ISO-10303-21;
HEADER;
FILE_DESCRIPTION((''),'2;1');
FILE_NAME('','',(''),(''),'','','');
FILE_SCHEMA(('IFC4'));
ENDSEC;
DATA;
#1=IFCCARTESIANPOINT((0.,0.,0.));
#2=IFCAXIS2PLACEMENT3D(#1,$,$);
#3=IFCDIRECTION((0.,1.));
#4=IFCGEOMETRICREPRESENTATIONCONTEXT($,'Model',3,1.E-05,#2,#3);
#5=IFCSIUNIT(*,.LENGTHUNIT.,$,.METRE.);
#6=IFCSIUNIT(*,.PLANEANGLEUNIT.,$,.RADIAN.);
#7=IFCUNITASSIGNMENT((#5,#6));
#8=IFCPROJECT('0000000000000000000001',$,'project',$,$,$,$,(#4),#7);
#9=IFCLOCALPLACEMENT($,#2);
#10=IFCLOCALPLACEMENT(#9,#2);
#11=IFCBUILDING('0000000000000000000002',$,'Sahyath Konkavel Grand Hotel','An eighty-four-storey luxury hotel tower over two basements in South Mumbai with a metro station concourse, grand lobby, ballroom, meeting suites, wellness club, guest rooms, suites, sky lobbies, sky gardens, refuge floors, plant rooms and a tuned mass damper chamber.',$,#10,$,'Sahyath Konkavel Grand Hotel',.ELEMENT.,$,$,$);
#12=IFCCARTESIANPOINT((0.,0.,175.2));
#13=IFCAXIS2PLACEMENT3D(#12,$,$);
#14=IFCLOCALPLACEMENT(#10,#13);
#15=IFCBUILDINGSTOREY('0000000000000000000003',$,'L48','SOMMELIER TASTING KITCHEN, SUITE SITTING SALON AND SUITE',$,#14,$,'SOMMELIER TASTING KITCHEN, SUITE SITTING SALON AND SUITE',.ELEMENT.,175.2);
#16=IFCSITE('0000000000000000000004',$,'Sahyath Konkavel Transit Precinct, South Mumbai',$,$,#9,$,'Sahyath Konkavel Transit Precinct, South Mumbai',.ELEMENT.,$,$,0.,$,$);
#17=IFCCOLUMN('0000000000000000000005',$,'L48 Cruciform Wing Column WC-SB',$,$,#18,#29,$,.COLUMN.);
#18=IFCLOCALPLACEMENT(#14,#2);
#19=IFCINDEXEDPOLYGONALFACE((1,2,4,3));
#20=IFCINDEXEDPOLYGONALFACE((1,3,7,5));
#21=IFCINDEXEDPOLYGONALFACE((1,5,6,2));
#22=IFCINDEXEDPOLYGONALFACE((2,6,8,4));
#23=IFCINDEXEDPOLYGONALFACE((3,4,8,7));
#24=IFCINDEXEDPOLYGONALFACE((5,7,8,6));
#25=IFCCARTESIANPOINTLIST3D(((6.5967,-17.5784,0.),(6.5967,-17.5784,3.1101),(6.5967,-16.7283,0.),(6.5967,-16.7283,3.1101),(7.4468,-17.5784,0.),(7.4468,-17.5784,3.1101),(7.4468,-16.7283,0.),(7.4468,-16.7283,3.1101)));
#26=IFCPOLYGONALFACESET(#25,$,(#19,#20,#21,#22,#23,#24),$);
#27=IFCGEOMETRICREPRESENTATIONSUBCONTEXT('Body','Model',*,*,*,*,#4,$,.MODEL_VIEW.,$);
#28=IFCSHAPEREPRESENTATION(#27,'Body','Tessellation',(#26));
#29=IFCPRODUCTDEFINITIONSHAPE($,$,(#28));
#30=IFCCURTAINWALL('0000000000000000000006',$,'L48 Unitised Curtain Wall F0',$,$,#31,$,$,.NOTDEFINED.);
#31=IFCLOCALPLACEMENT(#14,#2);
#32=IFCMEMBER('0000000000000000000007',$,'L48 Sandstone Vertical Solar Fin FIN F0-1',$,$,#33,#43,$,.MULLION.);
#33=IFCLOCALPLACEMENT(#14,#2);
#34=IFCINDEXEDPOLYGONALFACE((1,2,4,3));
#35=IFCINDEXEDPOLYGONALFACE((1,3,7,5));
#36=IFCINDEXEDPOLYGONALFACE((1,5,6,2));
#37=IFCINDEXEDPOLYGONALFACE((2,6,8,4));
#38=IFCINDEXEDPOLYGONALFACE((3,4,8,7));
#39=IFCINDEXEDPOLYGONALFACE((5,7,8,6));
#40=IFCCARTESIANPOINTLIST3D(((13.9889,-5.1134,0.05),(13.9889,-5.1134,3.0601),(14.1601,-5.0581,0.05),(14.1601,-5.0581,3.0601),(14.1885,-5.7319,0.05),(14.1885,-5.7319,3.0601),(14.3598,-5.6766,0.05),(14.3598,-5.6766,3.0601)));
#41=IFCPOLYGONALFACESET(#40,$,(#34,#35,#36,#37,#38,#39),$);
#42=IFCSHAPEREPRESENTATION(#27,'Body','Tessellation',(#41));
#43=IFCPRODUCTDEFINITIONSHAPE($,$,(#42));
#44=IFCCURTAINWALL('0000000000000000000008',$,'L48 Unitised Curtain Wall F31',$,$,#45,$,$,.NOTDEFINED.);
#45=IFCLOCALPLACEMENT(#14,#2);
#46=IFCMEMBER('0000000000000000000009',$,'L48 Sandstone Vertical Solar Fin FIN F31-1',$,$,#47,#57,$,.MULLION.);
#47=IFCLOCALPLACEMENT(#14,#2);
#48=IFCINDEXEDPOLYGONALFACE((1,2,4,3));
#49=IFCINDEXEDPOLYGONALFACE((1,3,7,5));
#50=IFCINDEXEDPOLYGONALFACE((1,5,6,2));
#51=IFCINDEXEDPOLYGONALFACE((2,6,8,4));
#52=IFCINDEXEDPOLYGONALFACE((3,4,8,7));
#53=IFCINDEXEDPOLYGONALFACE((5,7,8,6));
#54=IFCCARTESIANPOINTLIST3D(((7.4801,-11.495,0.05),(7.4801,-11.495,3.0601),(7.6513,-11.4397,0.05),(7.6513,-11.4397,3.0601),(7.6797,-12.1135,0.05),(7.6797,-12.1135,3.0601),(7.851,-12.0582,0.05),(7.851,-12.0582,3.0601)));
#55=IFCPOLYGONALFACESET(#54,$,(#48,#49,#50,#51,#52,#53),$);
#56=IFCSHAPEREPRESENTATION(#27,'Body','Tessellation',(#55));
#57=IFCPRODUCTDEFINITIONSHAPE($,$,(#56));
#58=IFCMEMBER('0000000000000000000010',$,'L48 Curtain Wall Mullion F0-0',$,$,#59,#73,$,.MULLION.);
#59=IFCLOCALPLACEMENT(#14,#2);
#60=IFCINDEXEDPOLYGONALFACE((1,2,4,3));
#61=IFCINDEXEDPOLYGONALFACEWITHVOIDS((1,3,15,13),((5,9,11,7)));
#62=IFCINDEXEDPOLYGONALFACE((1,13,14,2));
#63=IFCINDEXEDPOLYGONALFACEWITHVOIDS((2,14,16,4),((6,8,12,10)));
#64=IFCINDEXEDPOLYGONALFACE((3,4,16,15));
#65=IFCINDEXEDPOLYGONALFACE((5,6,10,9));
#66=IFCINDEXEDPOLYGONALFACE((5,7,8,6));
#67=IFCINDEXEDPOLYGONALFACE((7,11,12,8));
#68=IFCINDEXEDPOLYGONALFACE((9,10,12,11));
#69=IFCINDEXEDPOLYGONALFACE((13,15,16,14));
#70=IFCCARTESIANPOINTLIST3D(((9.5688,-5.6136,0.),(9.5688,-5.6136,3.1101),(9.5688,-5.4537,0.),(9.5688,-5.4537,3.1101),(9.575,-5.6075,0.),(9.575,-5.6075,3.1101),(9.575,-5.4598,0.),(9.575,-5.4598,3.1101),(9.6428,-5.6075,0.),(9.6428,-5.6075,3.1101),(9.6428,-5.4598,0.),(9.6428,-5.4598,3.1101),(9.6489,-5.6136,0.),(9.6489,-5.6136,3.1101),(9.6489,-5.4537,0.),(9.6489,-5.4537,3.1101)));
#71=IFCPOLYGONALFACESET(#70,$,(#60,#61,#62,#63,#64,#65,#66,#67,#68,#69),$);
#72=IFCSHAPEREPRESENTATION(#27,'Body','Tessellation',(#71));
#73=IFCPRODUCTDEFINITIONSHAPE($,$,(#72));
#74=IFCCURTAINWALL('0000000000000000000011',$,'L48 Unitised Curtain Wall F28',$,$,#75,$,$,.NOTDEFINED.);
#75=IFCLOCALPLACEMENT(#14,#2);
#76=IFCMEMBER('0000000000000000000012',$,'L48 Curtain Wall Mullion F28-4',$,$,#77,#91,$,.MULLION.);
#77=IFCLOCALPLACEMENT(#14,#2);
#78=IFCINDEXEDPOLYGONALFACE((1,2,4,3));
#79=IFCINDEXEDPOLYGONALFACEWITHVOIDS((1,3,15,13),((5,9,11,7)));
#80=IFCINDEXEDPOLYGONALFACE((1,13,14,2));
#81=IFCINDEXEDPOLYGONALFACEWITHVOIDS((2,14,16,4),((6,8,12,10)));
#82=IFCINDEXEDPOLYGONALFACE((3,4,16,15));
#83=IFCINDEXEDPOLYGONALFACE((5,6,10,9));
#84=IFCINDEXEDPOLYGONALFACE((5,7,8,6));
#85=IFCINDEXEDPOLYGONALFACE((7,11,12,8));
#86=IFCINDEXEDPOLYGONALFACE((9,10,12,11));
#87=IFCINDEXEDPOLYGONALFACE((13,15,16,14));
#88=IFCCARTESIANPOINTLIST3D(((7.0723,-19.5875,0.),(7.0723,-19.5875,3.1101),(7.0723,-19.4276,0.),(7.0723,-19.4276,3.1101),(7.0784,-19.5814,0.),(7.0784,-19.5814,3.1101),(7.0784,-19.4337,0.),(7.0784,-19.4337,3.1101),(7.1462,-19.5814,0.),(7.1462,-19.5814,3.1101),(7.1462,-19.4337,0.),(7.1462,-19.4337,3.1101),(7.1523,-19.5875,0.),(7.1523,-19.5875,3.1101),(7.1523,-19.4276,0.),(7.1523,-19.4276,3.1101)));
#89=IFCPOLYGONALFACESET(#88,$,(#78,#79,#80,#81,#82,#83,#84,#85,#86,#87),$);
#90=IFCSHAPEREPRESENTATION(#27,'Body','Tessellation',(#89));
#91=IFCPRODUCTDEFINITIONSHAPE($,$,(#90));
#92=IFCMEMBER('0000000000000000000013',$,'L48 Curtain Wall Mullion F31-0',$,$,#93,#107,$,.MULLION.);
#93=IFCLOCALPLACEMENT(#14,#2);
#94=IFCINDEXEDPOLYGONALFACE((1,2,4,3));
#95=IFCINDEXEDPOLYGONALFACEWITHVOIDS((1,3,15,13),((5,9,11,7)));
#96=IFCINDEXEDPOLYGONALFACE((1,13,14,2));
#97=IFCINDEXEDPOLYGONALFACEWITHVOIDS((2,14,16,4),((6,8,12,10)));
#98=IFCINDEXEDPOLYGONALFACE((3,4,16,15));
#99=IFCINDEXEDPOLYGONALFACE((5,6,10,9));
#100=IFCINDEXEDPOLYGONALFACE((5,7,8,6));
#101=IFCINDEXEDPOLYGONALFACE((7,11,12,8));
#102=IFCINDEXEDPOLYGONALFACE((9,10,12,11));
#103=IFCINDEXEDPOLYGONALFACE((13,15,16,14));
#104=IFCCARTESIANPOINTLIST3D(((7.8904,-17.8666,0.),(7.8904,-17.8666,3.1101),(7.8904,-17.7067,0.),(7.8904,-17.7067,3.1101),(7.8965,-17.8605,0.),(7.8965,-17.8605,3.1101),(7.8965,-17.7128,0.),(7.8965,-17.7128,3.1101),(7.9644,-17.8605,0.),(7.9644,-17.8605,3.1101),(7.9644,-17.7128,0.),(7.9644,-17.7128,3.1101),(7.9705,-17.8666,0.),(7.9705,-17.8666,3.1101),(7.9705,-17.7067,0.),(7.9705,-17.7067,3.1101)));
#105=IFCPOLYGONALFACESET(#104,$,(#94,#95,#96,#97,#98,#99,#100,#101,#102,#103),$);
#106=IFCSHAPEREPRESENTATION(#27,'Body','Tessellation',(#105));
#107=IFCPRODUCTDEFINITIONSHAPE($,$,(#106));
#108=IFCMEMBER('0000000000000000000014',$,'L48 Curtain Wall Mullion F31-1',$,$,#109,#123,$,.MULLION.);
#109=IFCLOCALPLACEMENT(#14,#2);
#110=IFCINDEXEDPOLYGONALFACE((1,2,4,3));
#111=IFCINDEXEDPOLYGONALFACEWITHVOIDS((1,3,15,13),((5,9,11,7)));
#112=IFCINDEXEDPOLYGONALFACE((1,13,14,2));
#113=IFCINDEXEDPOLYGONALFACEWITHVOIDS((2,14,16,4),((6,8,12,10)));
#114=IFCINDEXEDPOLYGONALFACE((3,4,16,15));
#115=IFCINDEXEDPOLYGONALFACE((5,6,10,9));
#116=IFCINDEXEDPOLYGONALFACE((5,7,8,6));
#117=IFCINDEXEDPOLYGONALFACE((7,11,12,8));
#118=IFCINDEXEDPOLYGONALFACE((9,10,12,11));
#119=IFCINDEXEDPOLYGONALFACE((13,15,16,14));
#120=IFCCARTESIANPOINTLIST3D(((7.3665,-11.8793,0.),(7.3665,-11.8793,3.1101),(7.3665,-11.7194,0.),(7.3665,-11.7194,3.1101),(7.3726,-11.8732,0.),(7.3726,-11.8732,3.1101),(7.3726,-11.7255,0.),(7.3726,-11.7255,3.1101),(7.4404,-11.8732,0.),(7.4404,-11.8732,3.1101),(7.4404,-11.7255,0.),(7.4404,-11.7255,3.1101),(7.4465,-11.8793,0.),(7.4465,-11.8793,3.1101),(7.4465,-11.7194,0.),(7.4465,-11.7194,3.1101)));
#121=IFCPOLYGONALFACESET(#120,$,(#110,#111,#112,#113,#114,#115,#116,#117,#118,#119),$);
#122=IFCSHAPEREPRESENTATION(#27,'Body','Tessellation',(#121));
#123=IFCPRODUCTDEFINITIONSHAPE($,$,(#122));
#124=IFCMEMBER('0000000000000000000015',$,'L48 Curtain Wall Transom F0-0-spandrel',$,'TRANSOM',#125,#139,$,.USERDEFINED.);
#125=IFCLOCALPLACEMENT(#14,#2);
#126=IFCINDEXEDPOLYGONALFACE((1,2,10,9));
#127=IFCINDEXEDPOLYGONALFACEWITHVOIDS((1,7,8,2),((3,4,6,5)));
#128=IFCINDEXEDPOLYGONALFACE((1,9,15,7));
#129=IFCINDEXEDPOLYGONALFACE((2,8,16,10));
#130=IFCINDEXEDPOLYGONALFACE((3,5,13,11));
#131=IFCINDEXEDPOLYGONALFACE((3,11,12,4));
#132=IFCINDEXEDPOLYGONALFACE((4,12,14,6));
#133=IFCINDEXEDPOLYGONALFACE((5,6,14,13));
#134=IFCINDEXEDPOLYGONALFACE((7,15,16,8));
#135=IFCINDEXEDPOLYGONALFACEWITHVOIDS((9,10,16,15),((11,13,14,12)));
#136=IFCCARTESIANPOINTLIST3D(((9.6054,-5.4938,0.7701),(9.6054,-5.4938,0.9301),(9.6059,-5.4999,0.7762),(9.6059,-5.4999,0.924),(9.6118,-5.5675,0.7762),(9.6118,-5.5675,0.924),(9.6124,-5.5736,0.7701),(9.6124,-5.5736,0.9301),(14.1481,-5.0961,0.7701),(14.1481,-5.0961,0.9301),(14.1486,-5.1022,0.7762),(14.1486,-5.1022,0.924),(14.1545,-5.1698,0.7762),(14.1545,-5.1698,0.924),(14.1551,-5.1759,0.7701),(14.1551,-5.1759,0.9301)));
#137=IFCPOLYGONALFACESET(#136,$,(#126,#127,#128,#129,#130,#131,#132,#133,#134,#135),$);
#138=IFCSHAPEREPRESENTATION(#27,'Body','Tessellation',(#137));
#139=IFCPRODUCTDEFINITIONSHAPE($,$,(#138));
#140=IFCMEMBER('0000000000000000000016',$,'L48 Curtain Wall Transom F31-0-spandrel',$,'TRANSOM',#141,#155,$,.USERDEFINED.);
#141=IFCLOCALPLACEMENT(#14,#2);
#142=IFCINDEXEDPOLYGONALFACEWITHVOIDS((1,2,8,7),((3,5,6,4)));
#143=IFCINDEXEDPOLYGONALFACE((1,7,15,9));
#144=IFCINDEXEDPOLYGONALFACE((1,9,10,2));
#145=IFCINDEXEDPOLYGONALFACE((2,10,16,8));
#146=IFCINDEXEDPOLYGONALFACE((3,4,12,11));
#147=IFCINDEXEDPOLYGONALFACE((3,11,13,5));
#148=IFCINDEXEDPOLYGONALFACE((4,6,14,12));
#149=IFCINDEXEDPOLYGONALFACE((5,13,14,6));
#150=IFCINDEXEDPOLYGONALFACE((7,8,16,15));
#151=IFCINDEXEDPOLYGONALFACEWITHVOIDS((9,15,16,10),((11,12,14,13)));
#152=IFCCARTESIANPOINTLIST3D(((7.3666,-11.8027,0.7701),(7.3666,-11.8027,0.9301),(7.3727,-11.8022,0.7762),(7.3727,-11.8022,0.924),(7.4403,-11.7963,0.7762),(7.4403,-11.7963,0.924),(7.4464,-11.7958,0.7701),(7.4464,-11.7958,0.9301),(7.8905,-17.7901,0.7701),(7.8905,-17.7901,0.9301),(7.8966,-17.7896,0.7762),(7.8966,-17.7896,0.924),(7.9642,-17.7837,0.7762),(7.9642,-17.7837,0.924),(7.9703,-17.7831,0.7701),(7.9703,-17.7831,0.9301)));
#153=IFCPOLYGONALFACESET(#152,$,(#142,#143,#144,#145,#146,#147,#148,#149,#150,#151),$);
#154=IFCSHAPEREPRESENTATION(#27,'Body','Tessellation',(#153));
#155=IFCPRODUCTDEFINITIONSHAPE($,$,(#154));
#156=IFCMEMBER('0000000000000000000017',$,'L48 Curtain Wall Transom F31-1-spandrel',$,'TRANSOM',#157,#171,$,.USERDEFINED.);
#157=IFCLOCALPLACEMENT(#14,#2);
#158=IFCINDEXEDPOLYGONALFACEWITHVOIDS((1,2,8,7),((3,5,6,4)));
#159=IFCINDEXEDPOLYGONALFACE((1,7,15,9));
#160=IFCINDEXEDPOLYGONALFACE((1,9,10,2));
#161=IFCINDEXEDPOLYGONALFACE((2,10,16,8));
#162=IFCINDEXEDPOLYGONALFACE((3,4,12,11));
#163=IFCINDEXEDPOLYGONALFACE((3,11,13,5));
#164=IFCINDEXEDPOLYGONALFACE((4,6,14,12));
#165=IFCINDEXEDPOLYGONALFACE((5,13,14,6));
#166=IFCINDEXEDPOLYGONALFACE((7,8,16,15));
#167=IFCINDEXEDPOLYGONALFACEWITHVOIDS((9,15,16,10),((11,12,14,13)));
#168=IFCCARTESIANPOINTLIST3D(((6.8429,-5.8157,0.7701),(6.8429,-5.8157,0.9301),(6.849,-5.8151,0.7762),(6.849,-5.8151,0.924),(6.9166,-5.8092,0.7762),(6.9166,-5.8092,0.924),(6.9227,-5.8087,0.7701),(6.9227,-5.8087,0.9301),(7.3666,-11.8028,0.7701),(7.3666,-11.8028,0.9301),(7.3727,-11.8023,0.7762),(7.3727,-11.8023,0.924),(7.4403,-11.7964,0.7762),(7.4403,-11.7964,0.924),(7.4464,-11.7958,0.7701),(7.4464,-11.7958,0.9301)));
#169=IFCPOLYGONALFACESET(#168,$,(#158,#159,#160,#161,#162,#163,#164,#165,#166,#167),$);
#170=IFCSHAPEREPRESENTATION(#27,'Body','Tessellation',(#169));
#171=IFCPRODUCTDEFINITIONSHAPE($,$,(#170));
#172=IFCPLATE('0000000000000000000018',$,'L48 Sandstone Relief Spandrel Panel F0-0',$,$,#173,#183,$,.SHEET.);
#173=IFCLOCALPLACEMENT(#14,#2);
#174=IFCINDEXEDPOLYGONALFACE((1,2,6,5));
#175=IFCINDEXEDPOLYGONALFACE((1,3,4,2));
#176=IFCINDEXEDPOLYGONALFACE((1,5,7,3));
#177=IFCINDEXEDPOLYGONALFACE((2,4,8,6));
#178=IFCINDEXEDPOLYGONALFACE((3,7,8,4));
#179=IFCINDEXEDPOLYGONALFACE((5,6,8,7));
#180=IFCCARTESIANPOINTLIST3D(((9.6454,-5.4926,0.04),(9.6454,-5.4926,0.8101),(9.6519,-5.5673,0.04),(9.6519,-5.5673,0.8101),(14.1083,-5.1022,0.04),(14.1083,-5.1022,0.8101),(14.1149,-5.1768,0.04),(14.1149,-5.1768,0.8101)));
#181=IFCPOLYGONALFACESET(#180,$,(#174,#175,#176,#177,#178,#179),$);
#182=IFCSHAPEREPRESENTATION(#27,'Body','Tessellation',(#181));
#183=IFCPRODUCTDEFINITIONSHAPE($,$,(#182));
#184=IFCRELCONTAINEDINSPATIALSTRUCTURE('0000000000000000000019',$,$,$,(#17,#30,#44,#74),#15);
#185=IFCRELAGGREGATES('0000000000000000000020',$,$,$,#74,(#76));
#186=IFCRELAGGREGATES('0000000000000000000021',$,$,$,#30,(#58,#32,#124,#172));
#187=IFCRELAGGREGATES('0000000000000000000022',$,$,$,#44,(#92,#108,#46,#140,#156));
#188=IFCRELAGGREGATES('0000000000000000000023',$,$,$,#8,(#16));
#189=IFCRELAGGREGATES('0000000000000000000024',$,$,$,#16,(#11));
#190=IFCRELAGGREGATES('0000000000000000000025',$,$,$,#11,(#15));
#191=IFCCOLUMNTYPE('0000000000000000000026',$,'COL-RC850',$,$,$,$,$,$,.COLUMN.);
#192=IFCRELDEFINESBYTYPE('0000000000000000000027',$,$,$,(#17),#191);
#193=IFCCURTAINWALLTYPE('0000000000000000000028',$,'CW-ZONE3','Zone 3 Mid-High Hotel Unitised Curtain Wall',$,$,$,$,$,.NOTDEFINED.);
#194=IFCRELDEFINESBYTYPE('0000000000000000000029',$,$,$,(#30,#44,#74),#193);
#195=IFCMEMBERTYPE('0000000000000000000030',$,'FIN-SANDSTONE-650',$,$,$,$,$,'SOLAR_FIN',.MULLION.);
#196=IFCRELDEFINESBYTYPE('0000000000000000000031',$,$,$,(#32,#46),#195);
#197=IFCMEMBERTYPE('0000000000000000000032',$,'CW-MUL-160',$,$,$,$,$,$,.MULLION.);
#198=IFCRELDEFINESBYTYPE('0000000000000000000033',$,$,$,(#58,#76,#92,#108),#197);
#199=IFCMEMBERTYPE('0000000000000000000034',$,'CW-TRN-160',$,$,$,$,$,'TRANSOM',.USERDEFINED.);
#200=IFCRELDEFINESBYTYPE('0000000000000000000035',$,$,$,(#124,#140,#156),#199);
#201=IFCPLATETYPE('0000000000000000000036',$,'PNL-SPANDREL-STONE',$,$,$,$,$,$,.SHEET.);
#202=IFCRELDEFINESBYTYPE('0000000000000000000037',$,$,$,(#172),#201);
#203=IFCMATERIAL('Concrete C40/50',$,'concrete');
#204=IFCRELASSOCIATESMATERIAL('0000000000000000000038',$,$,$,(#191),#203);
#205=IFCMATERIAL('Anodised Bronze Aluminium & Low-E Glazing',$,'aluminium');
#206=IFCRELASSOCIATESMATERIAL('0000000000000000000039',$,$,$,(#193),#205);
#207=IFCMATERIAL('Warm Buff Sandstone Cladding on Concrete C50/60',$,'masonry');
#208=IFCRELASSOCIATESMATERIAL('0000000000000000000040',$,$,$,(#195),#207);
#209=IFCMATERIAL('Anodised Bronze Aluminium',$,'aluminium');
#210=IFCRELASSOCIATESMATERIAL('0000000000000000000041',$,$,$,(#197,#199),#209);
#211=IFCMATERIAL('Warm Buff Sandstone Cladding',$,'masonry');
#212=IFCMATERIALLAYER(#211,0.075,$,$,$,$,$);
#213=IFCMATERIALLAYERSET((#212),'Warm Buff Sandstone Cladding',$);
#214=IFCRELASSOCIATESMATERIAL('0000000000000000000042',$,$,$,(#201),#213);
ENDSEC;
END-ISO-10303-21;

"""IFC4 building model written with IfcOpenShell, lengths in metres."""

from ifc_helpers import new_model, si_unit, direction, frame, origin, origin_2d, place, context, subcontext, project, spatial, rectangle, hollow_rectangle, extrude, source, transform, mapped, material, layer, layer_set, material_profile, profile_set, type_object, element, aggregate, save


model = new_model("IFC4")

# Units and contexts
model_context = context("Model", 3, precision=1e-05, world=origin(), true_north=direction((0.0, 1.0)))
body_context = subcontext(model_context, "Body", "Model", "MODEL_VIEW")
ifc_project = project(units=[si_unit("LENGTHUNIT", "METRE"), si_unit("PLANEANGLEUNIT", "RADIAN")], contexts=[model_context])

# Site, building, storey
site_placement = place(None, origin())
site = spatial("IfcSite", under=ifc_project, at=site_placement, Name="Sahyath Konkavel Transit Precinct, South Mumbai", LongName="Sahyath Konkavel Transit Precinct, South Mumbai", CompositionType="ELEMENT", RefElevation=0.0)
building_placement = place(site_placement, origin())
building = spatial("IfcBuilding", under=site, at=building_placement, Name="Sahyath Konkavel Grand Hotel", Description="An eighty-four-storey luxury hotel tower over two basements in South Mumbai with a metro station concourse, grand lobby, ballroom, meeting suites, wellness club, guest rooms, suites, sky lobbies, sky gardens, refuge floors, plant rooms and a tuned mass damper chamber.", LongName="Sahyath Konkavel Grand Hotel", CompositionType="ELEMENT")
storey_placement = place(building_placement, frame((0.0, 0.0, 175.2)))
storey = spatial("IfcBuildingStorey", under=building, at=storey_placement, Name="L48", Description="SOMMELIER TASTING KITCHEN, SUITE SITTING SALON AND SUITE", LongName="SOMMELIER TASTING KITCHEN, SUITE SITTING SALON AND SUITE", CompositionType="ELEMENT", Elevation=175.2)

# Column
ifc_material_1 = material(Name="Concrete C40/50", Category="concrete")
ifc_material_profile_1 = material_profile(ifc_material_1, rectangle(XDim=0.8501, YDim=0.8501, at=origin_2d()), Name="RC 850x850")
ifc_profile_set_1 = profile_set([ifc_material_profile_1], Name="Concrete C40/50")
column_type = type_object("IfcColumnType", Name="COL-RC850", PredefinedType="COLUMN", material=ifc_profile_set_1)
shared_shape_1 = source(origin(), body_context, "Body", "SweptSolid", [
    extrude(rectangle(XDim=0.8501, YDim=0.8501, at=origin_2d()), origin(), (0.0, 0.0, 1.0), 3.1101),
])
column_placement = place(storey_placement, frame((7.0217, -17.1533, 0.0), z_axis=(0.0, 0.0, 1.0), x_axis=(1.0, 0.0, 0.0)))
element("IfcColumn", 1, at=column_placement, inside=storey, type_object=column_type, Name="L48 Cruciform Wing Column WC-SB", PredefinedType="COLUMN", context=body_context, shape_type="MappedRepresentation", body=[
    mapped(shared_shape_1, transform((0.0, 0.0, 0.0), scale=1.0)),
])

# Curtain walls, members
ifc_material_2 = material(Name="Anodised Bronze Aluminium & Low-E Glazing", Category="aluminium")
curtain_wall_type = type_object("IfcCurtainWallType", Name="CW-ZONE3", Description="Zone 3 Mid-High Hotel Unitised Curtain Wall", PredefinedType="NOTDEFINED", material=ifc_material_2)
curtain_wall_1_placement = place(storey_placement, origin())
curtain_wall_1 = element("IfcCurtainWall", 2, at=curtain_wall_1_placement, inside=storey, type_object=curtain_wall_type, Name="L48 Unitised Curtain Wall F0", PredefinedType="NOTDEFINED")
ifc_material_3 = material(Name="Warm Buff Sandstone Cladding on Concrete C50/60", Category="masonry")
ifc_material_profile_2 = material_profile(ifc_material_3, rectangle(XDim=0.1799, YDim=0.6499, at=origin_2d()), Name="FIN 180x650")
ifc_profile_set_2 = profile_set([ifc_material_profile_2], Name="Warm Buff Sandstone Cladding on Concrete C50/60")
member_type_1 = type_object("IfcMemberType", Name="FIN-SANDSTONE-650", ElementType="SOLAR_FIN", PredefinedType="MULLION", material=ifc_profile_set_2)
shared_shape_2 = source(origin(), body_context, "Body", "SweptSolid", [
    extrude(rectangle(XDim=0.1799, YDim=0.6499, at=origin_2d()), origin(), (0.0, 0.0, 1.0), 3.01),
])
member_1_placement = place(storey_placement, frame((14.1743, -5.395, 0.05), z_axis=(0.0, 0.0, 1.0), x_axis=(0.951648, 0.307191, 0.0)))
member_1 = element("IfcMember", 3, at=member_1_placement, type_object=member_type_1, Name="L48 Sandstone Vertical Solar Fin FIN F0-1", PredefinedType="MULLION", context=body_context, shape_type="MappedRepresentation", body=[
    mapped(shared_shape_2, transform((0.0, 0.0, 0.0), scale=1.0)),
])
curtain_wall_2_placement = place(storey_placement, origin())
curtain_wall_2 = element("IfcCurtainWall", 4, at=curtain_wall_2_placement, inside=storey, type_object=curtain_wall_type, Name="L48 Unitised Curtain Wall F31", PredefinedType="NOTDEFINED")
member_2_placement = place(storey_placement, frame((7.6655, -11.7766, 0.05), z_axis=(0.0, 0.0, 1.0), x_axis=(0.951648, 0.307191, 0.0)))
member_2 = element("IfcMember", 5, at=member_2_placement, type_object=member_type_1, Name="L48 Sandstone Vertical Solar Fin FIN F31-1", PredefinedType="MULLION", context=body_context, shape_type="MappedRepresentation", body=[
    mapped(shared_shape_2, transform((0.0, 0.0, 0.0), scale=1.0)),
])

# Member
ifc_material_4 = material(Name="Anodised Bronze Aluminium", Category="aluminium")
ifc_material_profile_3 = material_profile(ifc_material_4, hollow_rectangle(XDim=0.0801, YDim=0.1599, WallThickness=0.0061, at=origin_2d()), Name="RHS 160x80x6")
ifc_profile_set_3 = profile_set([ifc_material_profile_3], Name="Anodised Bronze Aluminium")
member_type_2 = type_object("IfcMemberType", Name="CW-MUL-160", PredefinedType="MULLION", material=ifc_profile_set_3)
shared_shape_3 = source(origin(), body_context, "Body", "SweptSolid", [
    extrude(hollow_rectangle(XDim=0.0801, YDim=0.1599, WallThickness=0.0061, at=origin_2d()), origin(), (0.0, 0.0, 1.0), 3.1101),
])
member_3_placement = place(storey_placement, frame((9.6089, -5.5337, 0.0), z_axis=(0.0, 0.0, 1.0), x_axis=(1.0, 0.0, 0.0)))
member_3 = element("IfcMember", 6, at=member_3_placement, type_object=member_type_2, Name="L48 Curtain Wall Mullion F0-0", PredefinedType="MULLION", context=body_context, shape_type="MappedRepresentation", body=[
    mapped(shared_shape_3, transform((0.0, 0.0, 0.0), scale=1.0)),
])

# Curtain wall, member
curtain_wall_3_placement = place(storey_placement, origin())
curtain_wall_3 = element("IfcCurtainWall", 7, at=curtain_wall_3_placement, inside=storey, type_object=curtain_wall_type, Name="L48 Unitised Curtain Wall F28", PredefinedType="NOTDEFINED")
member_4_placement = place(storey_placement, frame((7.1123, -19.5076, 0.0), z_axis=(0.0, 0.0, 1.0), x_axis=(1.0, 0.0, 0.0)))
member_4 = element("IfcMember", 8, at=member_4_placement, type_object=member_type_2, Name="L48 Curtain Wall Mullion F28-4", PredefinedType="MULLION", context=body_context, shape_type="MappedRepresentation", body=[
    mapped(shared_shape_3, transform((0.0, 0.0, 0.0), scale=1.0)),
])
aggregate(curtain_wall_3, [member_4])

# Members
member_5_placement = place(storey_placement, frame((7.9304, -17.7866, 0.0), z_axis=(0.0, 0.0, 1.0), x_axis=(1.0, 0.0, 0.0)))
member_5 = element("IfcMember", 9, at=member_5_placement, type_object=member_type_2, Name="L48 Curtain Wall Mullion F31-0", PredefinedType="MULLION", context=body_context, shape_type="MappedRepresentation", body=[
    mapped(shared_shape_3, transform((0.0, 0.0, 0.0), scale=1.0)),
])
member_6_placement = place(storey_placement, frame((7.4065, -11.7993, 0.0), z_axis=(0.0, 0.0, 1.0), x_axis=(1.0, 0.0, 0.0)))
member_6 = element("IfcMember", 10, at=member_6_placement, type_object=member_type_2, Name="L48 Curtain Wall Mullion F31-1", PredefinedType="MULLION", context=body_context, shape_type="MappedRepresentation", body=[
    mapped(shared_shape_3, transform((0.0, 0.0, 0.0), scale=1.0)),
])
ifc_material_profile_4 = material_profile(ifc_material_4, hollow_rectangle(XDim=0.0801, YDim=0.1599, WallThickness=0.0061, at=origin_2d()), Name="RHS 160x80x6")
ifc_profile_set_4 = profile_set([ifc_material_profile_4], Name="Anodised Bronze Aluminium")
member_type_3 = type_object("IfcMemberType", Name="CW-TRN-160", ElementType="TRANSOM", PredefinedType="USERDEFINED", material=ifc_profile_set_4)
shared_shape_4 = source(origin(), body_context, "Body", "SweptSolid", [
    extrude(hollow_rectangle(XDim=0.0801, YDim=0.1599, WallThickness=0.0061, at=origin_2d()), origin(), (0.0, 0.0, 1.0), 4.5601),
])
member_7_placement = place(storey_placement, frame((9.6089, -5.5337, 0.8501), z_axis=(0.99619, 0.087214, 0.0), x_axis=(-0.087214, 0.99619, 0.0)))
member_7 = element("IfcMember", 11, at=member_7_placement, type_object=member_type_3, Name="L48 Curtain Wall Transom F0-0-spandrel", ObjectType="TRANSOM", PredefinedType="USERDEFINED", context=body_context, shape_type="MappedRepresentation", body=[
    mapped(shared_shape_4, transform((0.0, 0.0, 0.0), scale=1.0)),
])
shared_shape_5 = source(origin(), body_context, "Body", "SweptSolid", [
    extrude(hollow_rectangle(XDim=0.0801, YDim=0.1599, WallThickness=0.0061, at=origin_2d()), origin(), (0.0, 0.0, 1.0), 6.0103),
])
member_8_placement = place(storey_placement, frame((7.9304, -17.7866, 0.8501), z_axis=(-0.087173, 0.996193, 0.0), x_axis=(-0.996193, -0.087173, 0.0)))
member_8 = element("IfcMember", 12, at=member_8_placement, type_object=member_type_3, Name="L48 Curtain Wall Transom F31-0-spandrel", ObjectType="TRANSOM", PredefinedType="USERDEFINED", context=body_context, shape_type="MappedRepresentation", body=[
    mapped(shared_shape_5, transform((0.0, 0.0, 0.0), scale=1.0)),
])
shared_shape_6 = source(origin(), body_context, "Body", "SweptSolid", [
    extrude(hollow_rectangle(XDim=0.0801, YDim=0.1599, WallThickness=0.0061, at=origin_2d()), origin(), (0.0, 0.0, 1.0), 6.01),
])
member_9_placement = place(storey_placement, frame((7.4065, -11.7993, 0.8501), z_axis=(-0.087136, 0.996196, 0.0), x_axis=(-0.996196, -0.087136, 0.0)))
member_9 = element("IfcMember", 13, at=member_9_placement, type_object=member_type_3, Name="L48 Curtain Wall Transom F31-1-spandrel", ObjectType="TRANSOM", PredefinedType="USERDEFINED", context=body_context, shape_type="MappedRepresentation", body=[
    mapped(shared_shape_6, transform((0.0, 0.0, 0.0), scale=1.0)),
])

# Plate
ifc_material_5 = material(Name="Warm Buff Sandstone Cladding", Category="masonry")
ifc_layer_1 = layer(ifc_material_5, 0.075)
ifc_layer_set_1 = layer_set([ifc_layer_1], Name="Warm Buff Sandstone Cladding")
plate_type_1 = type_object("IfcPlateType", Name="PNL-SPANDREL-STONE", PredefinedType="SHEET", material=ifc_layer_set_1)
shared_shape_7 = source(origin(), body_context, "Body", "SweptSolid", [
    extrude(rectangle(XDim=4.48, YDim=0.075, at=origin_2d()), origin(), (0.0, 0.0, 1.0), 0.77),
])
plate_1_placement = place(storey_placement, frame((11.8801, -5.3347, 0.04), z_axis=(0.0, 0.0, 1.0), x_axis=(0.996195, 0.087156, 0.0)))
plate_1 = element("IfcPlate", 14, at=plate_1_placement, type_object=plate_type_1, Name="L48 Sandstone Relief Spandrel Panel F0-0", PredefinedType="SHEET", context=body_context, shape_type="MappedRepresentation", body=[
    mapped(shared_shape_7, transform((0.0, 0.0, 0.0), scale=1.0)),
])
aggregate(curtain_wall_1, [member_3, member_1, member_7, plate_1])
aggregate(curtain_wall_2, [member_5, member_6, member_2, member_8, member_9])

save(model, "model.ifc")
